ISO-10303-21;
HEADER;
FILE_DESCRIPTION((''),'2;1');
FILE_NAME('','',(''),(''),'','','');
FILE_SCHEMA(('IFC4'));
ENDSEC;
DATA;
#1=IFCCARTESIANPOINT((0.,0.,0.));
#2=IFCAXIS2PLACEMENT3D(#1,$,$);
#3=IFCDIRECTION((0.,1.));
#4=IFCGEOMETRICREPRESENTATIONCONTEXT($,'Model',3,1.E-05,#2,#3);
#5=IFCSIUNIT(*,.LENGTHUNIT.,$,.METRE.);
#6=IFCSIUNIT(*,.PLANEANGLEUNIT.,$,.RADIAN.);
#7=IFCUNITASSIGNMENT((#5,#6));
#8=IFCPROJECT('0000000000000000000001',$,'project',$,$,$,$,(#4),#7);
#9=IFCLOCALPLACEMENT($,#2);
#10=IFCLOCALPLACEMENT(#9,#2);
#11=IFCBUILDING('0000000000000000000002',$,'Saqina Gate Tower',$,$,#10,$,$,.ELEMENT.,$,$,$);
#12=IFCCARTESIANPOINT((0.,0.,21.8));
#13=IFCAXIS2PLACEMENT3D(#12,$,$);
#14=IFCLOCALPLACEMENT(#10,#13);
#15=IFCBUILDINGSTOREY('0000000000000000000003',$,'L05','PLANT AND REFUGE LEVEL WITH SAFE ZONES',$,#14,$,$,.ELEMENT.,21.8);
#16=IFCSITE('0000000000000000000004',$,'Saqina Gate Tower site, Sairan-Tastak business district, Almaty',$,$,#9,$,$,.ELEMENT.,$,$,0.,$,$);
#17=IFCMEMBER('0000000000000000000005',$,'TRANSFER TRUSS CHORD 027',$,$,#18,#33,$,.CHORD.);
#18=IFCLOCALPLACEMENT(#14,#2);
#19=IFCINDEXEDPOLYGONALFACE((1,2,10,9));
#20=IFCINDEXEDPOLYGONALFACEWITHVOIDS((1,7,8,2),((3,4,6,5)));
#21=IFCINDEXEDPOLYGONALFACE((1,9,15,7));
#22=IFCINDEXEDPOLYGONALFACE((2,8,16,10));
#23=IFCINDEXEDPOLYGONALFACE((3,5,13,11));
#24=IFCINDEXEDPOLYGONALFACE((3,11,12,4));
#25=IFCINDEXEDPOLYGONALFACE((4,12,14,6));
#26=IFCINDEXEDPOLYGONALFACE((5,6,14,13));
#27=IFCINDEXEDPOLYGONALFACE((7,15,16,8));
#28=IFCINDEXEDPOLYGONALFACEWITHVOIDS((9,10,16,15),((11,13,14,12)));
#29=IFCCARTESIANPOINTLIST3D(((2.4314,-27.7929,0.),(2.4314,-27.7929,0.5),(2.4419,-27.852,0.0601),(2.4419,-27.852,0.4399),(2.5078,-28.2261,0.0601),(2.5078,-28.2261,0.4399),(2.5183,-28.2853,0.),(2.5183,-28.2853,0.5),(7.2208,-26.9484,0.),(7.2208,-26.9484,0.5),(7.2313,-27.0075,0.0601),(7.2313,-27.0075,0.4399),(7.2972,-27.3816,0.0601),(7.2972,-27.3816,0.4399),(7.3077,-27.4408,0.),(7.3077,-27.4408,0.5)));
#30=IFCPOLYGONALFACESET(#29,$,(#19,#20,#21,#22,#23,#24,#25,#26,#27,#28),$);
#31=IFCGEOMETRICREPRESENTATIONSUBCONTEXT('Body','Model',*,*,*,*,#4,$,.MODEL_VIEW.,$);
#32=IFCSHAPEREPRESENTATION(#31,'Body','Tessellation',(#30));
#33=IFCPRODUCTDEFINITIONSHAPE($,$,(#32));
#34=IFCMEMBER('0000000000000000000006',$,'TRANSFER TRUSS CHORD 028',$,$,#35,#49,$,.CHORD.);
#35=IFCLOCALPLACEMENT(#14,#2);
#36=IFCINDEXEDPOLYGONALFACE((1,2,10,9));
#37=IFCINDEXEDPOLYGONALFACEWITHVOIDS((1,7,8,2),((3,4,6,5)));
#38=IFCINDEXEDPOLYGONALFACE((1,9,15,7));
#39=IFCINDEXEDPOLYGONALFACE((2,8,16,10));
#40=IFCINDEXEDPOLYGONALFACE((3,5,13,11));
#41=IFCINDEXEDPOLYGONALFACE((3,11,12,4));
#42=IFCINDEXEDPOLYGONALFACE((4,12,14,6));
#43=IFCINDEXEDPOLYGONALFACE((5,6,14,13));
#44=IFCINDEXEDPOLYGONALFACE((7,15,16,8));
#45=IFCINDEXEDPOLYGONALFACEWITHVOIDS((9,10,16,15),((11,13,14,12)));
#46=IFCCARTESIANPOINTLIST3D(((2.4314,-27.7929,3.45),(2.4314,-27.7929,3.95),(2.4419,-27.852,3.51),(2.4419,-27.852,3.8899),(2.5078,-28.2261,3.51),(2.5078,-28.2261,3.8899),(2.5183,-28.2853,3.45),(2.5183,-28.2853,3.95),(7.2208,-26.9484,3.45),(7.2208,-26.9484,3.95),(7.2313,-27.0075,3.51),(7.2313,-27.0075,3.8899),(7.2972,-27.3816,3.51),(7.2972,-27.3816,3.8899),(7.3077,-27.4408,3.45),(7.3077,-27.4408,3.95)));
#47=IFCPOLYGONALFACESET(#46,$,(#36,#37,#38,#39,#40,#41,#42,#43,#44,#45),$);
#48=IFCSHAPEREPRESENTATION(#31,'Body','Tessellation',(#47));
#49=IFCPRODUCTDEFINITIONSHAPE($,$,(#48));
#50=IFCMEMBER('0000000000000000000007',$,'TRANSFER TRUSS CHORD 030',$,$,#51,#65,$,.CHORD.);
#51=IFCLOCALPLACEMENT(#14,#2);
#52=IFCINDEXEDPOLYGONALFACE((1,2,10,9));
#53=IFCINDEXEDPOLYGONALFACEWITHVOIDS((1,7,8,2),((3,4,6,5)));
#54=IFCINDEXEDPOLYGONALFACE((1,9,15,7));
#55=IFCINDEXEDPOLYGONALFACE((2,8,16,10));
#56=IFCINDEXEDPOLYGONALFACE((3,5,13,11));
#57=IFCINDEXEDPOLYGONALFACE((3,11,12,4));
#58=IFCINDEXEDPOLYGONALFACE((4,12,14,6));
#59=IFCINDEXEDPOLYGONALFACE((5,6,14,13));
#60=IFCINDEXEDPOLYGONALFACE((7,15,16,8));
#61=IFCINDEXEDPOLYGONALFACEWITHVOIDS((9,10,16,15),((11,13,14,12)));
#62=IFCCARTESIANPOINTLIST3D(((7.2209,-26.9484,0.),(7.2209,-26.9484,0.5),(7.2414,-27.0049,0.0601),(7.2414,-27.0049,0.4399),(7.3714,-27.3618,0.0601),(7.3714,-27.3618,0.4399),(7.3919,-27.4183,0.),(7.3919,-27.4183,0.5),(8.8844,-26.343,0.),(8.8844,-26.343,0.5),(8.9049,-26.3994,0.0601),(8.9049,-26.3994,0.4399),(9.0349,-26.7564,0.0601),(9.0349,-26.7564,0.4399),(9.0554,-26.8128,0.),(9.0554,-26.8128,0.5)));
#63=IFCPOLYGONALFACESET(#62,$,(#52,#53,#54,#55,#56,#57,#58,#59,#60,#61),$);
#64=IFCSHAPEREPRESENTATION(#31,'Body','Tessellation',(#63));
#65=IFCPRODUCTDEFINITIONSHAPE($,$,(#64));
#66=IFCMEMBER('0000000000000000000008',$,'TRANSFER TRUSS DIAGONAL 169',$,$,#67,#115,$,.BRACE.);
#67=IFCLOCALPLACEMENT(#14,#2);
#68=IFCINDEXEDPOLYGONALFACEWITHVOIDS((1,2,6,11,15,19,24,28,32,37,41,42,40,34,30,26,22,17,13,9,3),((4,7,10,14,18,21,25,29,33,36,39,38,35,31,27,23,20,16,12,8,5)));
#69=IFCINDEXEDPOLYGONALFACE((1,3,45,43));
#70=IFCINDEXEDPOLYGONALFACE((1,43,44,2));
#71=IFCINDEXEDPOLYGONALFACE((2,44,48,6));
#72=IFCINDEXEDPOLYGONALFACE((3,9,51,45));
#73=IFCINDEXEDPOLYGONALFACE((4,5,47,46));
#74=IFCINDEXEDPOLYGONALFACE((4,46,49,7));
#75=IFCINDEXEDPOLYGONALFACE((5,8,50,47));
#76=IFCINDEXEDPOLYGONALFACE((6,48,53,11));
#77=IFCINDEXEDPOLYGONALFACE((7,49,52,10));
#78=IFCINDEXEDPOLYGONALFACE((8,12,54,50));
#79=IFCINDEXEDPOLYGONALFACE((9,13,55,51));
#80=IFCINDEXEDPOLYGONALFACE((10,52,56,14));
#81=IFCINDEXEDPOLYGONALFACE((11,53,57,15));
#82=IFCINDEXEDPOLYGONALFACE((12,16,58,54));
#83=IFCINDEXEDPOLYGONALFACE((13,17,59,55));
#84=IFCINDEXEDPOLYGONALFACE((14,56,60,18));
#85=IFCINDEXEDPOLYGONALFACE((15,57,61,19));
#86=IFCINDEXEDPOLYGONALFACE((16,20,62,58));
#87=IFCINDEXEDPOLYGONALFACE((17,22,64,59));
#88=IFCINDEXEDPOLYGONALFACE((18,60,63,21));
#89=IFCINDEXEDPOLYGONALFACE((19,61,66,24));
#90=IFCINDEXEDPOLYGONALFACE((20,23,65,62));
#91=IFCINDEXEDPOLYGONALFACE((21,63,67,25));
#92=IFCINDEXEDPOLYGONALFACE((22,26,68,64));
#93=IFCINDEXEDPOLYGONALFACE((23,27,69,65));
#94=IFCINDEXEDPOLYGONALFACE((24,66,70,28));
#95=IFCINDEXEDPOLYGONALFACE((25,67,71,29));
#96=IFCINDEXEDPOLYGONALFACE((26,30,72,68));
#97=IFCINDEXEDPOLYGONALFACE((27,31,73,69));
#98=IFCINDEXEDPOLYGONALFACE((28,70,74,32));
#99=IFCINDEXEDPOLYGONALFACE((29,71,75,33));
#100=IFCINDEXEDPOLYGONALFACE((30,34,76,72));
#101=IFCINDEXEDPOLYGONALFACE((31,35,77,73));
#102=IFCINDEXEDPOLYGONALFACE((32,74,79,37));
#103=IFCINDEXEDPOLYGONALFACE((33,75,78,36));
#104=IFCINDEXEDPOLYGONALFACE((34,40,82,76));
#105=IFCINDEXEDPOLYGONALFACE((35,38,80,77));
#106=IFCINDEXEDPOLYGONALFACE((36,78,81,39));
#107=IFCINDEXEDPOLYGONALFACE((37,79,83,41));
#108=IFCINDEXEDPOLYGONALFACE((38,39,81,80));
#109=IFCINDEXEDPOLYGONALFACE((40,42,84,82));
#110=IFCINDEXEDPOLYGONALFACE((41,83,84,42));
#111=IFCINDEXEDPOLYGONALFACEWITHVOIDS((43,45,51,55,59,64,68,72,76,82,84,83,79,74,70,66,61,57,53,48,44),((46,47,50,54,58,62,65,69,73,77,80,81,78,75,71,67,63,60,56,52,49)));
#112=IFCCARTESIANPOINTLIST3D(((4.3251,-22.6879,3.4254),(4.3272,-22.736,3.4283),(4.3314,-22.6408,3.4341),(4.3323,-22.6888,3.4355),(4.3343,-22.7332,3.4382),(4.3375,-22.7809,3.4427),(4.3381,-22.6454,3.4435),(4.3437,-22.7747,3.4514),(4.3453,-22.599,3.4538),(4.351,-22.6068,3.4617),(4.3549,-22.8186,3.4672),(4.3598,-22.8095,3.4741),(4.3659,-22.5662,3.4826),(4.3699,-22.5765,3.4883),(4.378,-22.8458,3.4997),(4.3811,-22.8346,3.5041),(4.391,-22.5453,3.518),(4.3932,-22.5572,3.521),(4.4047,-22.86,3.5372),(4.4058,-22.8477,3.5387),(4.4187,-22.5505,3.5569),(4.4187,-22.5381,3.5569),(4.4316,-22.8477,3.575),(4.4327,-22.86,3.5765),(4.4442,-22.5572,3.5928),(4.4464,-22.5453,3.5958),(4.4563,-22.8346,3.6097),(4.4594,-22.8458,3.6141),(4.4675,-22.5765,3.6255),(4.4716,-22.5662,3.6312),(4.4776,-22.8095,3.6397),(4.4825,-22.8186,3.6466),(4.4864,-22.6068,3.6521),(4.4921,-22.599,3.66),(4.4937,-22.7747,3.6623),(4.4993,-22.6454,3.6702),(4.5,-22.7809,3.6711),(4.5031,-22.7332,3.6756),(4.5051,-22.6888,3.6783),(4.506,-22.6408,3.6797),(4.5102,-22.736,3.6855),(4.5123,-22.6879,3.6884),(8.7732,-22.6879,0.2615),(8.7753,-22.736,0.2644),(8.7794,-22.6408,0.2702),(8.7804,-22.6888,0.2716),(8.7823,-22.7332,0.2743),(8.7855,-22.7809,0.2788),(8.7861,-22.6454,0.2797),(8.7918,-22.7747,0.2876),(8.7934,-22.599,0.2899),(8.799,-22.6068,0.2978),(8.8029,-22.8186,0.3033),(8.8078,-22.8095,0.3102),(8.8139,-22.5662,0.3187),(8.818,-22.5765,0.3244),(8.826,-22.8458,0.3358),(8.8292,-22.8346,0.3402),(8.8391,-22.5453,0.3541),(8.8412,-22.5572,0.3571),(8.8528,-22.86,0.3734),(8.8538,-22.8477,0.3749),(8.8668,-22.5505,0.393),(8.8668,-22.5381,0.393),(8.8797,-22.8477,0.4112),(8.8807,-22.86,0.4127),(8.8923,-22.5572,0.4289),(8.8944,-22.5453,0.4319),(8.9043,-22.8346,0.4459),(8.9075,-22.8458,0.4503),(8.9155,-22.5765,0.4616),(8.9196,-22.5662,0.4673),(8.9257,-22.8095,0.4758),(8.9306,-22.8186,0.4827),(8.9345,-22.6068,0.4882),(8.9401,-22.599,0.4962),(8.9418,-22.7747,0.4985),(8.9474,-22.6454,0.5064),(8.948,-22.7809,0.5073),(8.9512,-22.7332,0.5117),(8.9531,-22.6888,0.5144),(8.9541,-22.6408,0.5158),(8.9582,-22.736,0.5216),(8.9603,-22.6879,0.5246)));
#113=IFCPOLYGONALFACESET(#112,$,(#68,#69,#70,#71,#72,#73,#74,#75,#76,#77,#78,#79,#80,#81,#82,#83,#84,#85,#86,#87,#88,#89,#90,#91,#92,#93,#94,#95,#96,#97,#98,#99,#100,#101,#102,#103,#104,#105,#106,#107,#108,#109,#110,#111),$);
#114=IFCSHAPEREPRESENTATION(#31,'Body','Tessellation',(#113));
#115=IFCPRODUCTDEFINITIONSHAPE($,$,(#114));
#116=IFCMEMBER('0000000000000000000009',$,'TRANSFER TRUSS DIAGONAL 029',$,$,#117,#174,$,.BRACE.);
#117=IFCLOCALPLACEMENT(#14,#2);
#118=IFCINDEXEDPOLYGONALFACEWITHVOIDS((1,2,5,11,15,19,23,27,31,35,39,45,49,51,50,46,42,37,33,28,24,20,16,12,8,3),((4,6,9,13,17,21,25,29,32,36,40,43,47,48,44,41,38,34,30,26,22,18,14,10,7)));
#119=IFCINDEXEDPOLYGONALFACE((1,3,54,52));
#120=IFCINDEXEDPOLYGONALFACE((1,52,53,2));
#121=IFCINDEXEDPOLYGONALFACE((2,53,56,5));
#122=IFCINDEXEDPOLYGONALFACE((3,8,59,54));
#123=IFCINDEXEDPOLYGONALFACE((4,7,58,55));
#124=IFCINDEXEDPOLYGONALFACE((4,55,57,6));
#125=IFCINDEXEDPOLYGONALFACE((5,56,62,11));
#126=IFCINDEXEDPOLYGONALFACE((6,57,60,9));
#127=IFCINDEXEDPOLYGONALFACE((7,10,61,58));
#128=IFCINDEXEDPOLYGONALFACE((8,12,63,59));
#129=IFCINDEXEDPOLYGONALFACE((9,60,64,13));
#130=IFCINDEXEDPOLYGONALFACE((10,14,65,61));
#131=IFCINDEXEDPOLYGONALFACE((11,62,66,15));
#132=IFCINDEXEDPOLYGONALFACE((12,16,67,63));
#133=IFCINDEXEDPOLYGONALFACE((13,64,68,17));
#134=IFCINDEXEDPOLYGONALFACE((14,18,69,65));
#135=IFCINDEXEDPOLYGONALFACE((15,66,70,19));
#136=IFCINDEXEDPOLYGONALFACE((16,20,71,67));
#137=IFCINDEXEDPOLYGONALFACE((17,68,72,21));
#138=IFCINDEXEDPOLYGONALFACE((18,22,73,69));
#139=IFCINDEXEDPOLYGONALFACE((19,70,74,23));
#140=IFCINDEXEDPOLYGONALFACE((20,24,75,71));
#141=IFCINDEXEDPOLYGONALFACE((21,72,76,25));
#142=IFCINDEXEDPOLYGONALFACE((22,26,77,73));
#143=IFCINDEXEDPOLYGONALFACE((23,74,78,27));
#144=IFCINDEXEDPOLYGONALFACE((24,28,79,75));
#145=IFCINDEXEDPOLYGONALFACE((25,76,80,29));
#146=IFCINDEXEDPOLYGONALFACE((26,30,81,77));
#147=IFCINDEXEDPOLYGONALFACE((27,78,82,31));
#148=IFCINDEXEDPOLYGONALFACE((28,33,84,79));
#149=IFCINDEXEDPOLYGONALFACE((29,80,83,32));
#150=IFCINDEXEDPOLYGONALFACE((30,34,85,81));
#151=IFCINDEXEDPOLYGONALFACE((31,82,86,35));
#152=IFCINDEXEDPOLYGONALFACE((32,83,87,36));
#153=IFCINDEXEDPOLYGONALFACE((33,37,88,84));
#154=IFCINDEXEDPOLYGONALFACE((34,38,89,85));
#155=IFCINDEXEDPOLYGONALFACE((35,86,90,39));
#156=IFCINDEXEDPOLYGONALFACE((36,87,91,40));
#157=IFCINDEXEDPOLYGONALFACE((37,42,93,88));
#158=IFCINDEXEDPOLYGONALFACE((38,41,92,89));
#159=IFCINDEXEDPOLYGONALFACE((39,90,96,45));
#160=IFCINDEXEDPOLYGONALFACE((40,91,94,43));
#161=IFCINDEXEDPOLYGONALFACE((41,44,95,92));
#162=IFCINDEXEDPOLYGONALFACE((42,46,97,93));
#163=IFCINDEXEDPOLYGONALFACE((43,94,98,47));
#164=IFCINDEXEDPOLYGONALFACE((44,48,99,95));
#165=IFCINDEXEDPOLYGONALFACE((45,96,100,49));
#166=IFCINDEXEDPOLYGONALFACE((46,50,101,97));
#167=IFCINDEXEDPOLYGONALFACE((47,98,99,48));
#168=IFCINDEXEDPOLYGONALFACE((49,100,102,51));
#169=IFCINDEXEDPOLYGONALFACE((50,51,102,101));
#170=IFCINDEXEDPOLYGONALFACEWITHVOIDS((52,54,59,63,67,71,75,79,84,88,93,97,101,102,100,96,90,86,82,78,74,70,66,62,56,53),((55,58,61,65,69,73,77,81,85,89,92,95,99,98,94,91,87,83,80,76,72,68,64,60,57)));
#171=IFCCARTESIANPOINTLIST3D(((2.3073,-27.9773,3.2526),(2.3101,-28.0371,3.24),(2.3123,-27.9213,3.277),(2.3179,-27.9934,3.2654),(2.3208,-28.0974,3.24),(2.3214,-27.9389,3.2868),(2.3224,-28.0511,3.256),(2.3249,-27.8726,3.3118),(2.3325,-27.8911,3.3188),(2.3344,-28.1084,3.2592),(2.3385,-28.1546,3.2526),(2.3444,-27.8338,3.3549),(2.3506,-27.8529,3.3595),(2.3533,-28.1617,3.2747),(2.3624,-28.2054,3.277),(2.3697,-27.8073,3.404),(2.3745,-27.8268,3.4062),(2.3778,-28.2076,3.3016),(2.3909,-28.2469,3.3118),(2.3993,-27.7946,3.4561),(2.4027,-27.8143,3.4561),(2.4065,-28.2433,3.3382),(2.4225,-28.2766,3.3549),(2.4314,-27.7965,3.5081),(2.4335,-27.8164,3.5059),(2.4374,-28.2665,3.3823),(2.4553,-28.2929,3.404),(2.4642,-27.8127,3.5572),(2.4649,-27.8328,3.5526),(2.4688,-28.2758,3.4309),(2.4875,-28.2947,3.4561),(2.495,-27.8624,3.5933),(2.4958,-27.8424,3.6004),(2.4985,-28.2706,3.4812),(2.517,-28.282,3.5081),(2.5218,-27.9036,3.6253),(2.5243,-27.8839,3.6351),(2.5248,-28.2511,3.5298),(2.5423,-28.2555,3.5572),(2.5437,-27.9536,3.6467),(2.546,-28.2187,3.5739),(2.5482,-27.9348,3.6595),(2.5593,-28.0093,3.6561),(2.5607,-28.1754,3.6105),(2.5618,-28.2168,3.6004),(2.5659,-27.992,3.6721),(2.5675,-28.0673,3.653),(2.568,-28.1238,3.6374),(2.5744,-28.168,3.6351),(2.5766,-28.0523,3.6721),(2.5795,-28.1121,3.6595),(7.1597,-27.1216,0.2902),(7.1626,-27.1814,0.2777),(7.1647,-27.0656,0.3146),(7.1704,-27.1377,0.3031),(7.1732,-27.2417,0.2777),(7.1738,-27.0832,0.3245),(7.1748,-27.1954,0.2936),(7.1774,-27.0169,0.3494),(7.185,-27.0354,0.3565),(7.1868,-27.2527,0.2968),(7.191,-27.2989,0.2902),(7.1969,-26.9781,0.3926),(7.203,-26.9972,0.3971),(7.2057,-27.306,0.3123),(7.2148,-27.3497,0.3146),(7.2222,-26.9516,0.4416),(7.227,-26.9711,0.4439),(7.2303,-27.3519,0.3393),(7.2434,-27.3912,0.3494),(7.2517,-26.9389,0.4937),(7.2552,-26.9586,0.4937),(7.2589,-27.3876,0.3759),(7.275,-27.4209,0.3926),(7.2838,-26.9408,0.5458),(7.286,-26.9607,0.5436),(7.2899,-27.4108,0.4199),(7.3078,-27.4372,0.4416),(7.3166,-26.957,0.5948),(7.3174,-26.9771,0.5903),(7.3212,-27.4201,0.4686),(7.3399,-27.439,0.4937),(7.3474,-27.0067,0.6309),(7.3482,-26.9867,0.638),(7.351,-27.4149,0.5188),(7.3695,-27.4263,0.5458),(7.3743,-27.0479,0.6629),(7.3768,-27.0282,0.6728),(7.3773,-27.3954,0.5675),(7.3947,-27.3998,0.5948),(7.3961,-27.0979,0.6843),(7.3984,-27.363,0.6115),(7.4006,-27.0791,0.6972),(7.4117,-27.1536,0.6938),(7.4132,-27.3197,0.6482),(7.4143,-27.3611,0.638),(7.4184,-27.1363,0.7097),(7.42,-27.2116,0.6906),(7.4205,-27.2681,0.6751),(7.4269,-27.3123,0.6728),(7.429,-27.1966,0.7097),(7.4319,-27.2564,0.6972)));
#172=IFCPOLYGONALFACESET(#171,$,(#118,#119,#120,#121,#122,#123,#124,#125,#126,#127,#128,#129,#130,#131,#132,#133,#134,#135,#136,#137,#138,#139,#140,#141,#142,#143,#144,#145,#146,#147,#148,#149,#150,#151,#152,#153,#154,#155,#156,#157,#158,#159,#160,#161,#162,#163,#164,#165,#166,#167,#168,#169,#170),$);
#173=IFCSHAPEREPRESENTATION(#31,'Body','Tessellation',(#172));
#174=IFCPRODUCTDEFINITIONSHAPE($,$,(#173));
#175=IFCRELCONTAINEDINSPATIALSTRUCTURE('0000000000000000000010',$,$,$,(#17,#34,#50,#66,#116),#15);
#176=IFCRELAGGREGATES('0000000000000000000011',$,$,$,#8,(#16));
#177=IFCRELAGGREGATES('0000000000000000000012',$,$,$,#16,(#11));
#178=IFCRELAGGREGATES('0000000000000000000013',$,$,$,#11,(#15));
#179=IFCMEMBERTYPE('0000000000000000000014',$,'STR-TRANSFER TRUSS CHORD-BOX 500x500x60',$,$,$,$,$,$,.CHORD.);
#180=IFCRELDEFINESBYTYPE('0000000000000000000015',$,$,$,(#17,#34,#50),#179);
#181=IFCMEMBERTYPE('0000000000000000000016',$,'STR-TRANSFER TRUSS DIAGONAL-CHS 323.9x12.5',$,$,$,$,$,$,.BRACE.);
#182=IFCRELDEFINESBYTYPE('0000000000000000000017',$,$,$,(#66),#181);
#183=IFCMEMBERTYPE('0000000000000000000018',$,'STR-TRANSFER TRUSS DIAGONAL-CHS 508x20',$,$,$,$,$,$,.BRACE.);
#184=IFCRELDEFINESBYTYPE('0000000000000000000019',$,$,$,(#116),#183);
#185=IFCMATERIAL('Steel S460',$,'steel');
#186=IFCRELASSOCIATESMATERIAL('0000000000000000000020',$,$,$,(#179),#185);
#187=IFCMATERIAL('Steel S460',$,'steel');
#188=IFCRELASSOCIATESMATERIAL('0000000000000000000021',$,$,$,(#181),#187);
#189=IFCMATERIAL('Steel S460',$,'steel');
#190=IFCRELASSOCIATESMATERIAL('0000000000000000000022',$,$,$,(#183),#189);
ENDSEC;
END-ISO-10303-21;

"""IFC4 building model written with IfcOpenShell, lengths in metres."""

from ifc_helpers import new_model, si_unit, direction, frame, origin, origin_2d, place, context, subcontext, project, spatial, hollow_rectangle, hollow_circle, extrude, material, material_profile, profile_set, type_object, element, save


model = new_model("IFC4")

# Units and contexts
model_context = context("Model", 3, precision=1e-05, world=origin(), true_north=direction((0.0, 1.0)))
body_context = subcontext(model_context, "Body", "Model", "MODEL_VIEW")
ifc_project = project(units=[si_unit("LENGTHUNIT", "METRE"), si_unit("PLANEANGLEUNIT", "RADIAN")], contexts=[model_context])

# Site, building, storey
site_placement = place(None, origin())
site = spatial("IfcSite", under=ifc_project, at=site_placement, Name="Saqina Gate Tower site, Sairan-Tastak business district, Almaty", CompositionType="ELEMENT", RefElevation=0.0)
building_placement = place(site_placement, origin())
building = spatial("IfcBuilding", under=site, at=building_placement, Name="Saqina Gate Tower", CompositionType="ELEMENT")
storey_placement = place(building_placement, frame((0.0, 0.0, 21.8)))
storey = spatial("IfcBuildingStorey", under=building, at=storey_placement, Name="L05", Description="PLANT AND REFUGE LEVEL WITH SAFE ZONES", CompositionType="ELEMENT", Elevation=21.8)

# Members
ifc_material_1 = material(Name="Steel S460", Category="steel")
ifc_material_profile_1 = material_profile(ifc_material_1, hollow_rectangle(XDim=0.5, YDim=0.5, WallThickness=0.0601, at=origin_2d()), Name="BOX 500x500x60")
ifc_profile_set_1 = profile_set([ifc_material_profile_1], Name="Steel S460")
member_type_1 = type_object("IfcMemberType", Name="STR-TRANSFER TRUSS CHORD-BOX 500x500x60", PredefinedType="CHORD", material=ifc_profile_set_1)
for number, where, z_axis, x_axis, name in (
    (1, (2.4749, -28.0391, 0.25), (0.984808, 0.173648, 0.0), (-0.173648, 0.984808, 0.0), "TRANSFER TRUSS CHORD 027"),
    (2, (2.4749, -28.0391, 3.7), (0.984808, 0.173648, 0.0), (-0.173648, 0.984808, 0.0), "TRANSFER TRUSS CHORD 028"),
):
    element("IfcMember", number, at=place(storey_placement, frame(where, z_axis=z_axis, x_axis=x_axis)), inside=storey, type_object=member_type_1, Name=name, PredefinedType="CHORD", context=body_context, shape_type="SweptSolid", body=[
        extrude(hollow_rectangle(XDim=0.5, YDim=0.5, WallThickness=0.0601, at=origin_2d()), origin(), (0.0, 0.0, 1.0), 4.8633),
    ])
member_1_placement = place(storey_placement, frame((7.3064, -27.1833, 0.25), z_axis=(0.939697, 0.342009, 0.0), x_axis=(-0.342009, 0.939697, 0.0)))
element("IfcMember", 3, at=member_1_placement, inside=storey, type_object=member_type_1, Name="TRANSFER TRUSS CHORD 030", PredefinedType="CHORD", context=body_context, shape_type="SweptSolid", body=[
    extrude(hollow_rectangle(XDim=0.5, YDim=0.5, WallThickness=0.0601, at=origin_2d()), origin(), (0.0, 0.0, 1.0), 1.7703),
])
ifc_material_2 = material(Name="Steel S460", Category="steel")
ifc_material_profile_2 = material_profile(ifc_material_2, hollow_circle(Radius=0.1619, WallThickness=0.0125, at=origin_2d()), Name="CHS 323.9x12.5")
ifc_profile_set_2 = profile_set([ifc_material_profile_2], Name="Steel S460")
member_type_2 = type_object("IfcMemberType", Name="STR-TRANSFER TRUSS DIAGONAL-CHS 323.9x12.5", PredefinedType="BRACE", material=ifc_profile_set_2)
member_2_placement = place(storey_placement, frame((4.4187, -22.7, 3.5569), z_axis=(0.814886, 0.0, -0.579621), x_axis=(0.0, 1.0, 0.0)))
element("IfcMember", 4, at=member_2_placement, inside=storey, type_object=member_type_2, Name="TRANSFER TRUSS DIAGONAL 169", PredefinedType="BRACE", context=body_context, shape_type="SweptSolid", body=[
    extrude(hollow_circle(Radius=0.1619, WallThickness=0.0125, at=origin_2d()), origin(), (0.0, 0.0, 1.0), 5.4585),
])
ifc_material_3 = material(Name="Steel S460", Category="steel")
ifc_material_profile_3 = material_profile(ifc_material_3, hollow_circle(Radius=0.2539, WallThickness=0.02, at=origin_2d()), Name="CHS 508x20")
ifc_profile_set_3 = profile_set([ifc_material_profile_3], Name="Steel S460")
member_type_3 = type_object("IfcMemberType", Name="STR-TRANSFER TRUSS DIAGONAL-CHS 508x20", PredefinedType="BRACE", material=ifc_profile_set_3)
member_3_placement = place(storey_placement, frame((2.4434, -28.0447, 3.4561), z_axis=(0.844013, 0.148836, -0.515257), x_axis=(-0.173664, 0.984805, 0.0)))
element("IfcMember", 5, at=member_3_placement, inside=storey, type_object=member_type_3, Name="TRANSFER TRUSS DIAGONAL 029", PredefinedType="BRACE", context=body_context, shape_type="SweptSolid", body=[
    extrude(hollow_circle(Radius=0.2539, WallThickness=0.02, at=origin_2d()), origin(), (0.0, 0.0, 1.0), 5.7493),
])

save(model, "model.ifc")
